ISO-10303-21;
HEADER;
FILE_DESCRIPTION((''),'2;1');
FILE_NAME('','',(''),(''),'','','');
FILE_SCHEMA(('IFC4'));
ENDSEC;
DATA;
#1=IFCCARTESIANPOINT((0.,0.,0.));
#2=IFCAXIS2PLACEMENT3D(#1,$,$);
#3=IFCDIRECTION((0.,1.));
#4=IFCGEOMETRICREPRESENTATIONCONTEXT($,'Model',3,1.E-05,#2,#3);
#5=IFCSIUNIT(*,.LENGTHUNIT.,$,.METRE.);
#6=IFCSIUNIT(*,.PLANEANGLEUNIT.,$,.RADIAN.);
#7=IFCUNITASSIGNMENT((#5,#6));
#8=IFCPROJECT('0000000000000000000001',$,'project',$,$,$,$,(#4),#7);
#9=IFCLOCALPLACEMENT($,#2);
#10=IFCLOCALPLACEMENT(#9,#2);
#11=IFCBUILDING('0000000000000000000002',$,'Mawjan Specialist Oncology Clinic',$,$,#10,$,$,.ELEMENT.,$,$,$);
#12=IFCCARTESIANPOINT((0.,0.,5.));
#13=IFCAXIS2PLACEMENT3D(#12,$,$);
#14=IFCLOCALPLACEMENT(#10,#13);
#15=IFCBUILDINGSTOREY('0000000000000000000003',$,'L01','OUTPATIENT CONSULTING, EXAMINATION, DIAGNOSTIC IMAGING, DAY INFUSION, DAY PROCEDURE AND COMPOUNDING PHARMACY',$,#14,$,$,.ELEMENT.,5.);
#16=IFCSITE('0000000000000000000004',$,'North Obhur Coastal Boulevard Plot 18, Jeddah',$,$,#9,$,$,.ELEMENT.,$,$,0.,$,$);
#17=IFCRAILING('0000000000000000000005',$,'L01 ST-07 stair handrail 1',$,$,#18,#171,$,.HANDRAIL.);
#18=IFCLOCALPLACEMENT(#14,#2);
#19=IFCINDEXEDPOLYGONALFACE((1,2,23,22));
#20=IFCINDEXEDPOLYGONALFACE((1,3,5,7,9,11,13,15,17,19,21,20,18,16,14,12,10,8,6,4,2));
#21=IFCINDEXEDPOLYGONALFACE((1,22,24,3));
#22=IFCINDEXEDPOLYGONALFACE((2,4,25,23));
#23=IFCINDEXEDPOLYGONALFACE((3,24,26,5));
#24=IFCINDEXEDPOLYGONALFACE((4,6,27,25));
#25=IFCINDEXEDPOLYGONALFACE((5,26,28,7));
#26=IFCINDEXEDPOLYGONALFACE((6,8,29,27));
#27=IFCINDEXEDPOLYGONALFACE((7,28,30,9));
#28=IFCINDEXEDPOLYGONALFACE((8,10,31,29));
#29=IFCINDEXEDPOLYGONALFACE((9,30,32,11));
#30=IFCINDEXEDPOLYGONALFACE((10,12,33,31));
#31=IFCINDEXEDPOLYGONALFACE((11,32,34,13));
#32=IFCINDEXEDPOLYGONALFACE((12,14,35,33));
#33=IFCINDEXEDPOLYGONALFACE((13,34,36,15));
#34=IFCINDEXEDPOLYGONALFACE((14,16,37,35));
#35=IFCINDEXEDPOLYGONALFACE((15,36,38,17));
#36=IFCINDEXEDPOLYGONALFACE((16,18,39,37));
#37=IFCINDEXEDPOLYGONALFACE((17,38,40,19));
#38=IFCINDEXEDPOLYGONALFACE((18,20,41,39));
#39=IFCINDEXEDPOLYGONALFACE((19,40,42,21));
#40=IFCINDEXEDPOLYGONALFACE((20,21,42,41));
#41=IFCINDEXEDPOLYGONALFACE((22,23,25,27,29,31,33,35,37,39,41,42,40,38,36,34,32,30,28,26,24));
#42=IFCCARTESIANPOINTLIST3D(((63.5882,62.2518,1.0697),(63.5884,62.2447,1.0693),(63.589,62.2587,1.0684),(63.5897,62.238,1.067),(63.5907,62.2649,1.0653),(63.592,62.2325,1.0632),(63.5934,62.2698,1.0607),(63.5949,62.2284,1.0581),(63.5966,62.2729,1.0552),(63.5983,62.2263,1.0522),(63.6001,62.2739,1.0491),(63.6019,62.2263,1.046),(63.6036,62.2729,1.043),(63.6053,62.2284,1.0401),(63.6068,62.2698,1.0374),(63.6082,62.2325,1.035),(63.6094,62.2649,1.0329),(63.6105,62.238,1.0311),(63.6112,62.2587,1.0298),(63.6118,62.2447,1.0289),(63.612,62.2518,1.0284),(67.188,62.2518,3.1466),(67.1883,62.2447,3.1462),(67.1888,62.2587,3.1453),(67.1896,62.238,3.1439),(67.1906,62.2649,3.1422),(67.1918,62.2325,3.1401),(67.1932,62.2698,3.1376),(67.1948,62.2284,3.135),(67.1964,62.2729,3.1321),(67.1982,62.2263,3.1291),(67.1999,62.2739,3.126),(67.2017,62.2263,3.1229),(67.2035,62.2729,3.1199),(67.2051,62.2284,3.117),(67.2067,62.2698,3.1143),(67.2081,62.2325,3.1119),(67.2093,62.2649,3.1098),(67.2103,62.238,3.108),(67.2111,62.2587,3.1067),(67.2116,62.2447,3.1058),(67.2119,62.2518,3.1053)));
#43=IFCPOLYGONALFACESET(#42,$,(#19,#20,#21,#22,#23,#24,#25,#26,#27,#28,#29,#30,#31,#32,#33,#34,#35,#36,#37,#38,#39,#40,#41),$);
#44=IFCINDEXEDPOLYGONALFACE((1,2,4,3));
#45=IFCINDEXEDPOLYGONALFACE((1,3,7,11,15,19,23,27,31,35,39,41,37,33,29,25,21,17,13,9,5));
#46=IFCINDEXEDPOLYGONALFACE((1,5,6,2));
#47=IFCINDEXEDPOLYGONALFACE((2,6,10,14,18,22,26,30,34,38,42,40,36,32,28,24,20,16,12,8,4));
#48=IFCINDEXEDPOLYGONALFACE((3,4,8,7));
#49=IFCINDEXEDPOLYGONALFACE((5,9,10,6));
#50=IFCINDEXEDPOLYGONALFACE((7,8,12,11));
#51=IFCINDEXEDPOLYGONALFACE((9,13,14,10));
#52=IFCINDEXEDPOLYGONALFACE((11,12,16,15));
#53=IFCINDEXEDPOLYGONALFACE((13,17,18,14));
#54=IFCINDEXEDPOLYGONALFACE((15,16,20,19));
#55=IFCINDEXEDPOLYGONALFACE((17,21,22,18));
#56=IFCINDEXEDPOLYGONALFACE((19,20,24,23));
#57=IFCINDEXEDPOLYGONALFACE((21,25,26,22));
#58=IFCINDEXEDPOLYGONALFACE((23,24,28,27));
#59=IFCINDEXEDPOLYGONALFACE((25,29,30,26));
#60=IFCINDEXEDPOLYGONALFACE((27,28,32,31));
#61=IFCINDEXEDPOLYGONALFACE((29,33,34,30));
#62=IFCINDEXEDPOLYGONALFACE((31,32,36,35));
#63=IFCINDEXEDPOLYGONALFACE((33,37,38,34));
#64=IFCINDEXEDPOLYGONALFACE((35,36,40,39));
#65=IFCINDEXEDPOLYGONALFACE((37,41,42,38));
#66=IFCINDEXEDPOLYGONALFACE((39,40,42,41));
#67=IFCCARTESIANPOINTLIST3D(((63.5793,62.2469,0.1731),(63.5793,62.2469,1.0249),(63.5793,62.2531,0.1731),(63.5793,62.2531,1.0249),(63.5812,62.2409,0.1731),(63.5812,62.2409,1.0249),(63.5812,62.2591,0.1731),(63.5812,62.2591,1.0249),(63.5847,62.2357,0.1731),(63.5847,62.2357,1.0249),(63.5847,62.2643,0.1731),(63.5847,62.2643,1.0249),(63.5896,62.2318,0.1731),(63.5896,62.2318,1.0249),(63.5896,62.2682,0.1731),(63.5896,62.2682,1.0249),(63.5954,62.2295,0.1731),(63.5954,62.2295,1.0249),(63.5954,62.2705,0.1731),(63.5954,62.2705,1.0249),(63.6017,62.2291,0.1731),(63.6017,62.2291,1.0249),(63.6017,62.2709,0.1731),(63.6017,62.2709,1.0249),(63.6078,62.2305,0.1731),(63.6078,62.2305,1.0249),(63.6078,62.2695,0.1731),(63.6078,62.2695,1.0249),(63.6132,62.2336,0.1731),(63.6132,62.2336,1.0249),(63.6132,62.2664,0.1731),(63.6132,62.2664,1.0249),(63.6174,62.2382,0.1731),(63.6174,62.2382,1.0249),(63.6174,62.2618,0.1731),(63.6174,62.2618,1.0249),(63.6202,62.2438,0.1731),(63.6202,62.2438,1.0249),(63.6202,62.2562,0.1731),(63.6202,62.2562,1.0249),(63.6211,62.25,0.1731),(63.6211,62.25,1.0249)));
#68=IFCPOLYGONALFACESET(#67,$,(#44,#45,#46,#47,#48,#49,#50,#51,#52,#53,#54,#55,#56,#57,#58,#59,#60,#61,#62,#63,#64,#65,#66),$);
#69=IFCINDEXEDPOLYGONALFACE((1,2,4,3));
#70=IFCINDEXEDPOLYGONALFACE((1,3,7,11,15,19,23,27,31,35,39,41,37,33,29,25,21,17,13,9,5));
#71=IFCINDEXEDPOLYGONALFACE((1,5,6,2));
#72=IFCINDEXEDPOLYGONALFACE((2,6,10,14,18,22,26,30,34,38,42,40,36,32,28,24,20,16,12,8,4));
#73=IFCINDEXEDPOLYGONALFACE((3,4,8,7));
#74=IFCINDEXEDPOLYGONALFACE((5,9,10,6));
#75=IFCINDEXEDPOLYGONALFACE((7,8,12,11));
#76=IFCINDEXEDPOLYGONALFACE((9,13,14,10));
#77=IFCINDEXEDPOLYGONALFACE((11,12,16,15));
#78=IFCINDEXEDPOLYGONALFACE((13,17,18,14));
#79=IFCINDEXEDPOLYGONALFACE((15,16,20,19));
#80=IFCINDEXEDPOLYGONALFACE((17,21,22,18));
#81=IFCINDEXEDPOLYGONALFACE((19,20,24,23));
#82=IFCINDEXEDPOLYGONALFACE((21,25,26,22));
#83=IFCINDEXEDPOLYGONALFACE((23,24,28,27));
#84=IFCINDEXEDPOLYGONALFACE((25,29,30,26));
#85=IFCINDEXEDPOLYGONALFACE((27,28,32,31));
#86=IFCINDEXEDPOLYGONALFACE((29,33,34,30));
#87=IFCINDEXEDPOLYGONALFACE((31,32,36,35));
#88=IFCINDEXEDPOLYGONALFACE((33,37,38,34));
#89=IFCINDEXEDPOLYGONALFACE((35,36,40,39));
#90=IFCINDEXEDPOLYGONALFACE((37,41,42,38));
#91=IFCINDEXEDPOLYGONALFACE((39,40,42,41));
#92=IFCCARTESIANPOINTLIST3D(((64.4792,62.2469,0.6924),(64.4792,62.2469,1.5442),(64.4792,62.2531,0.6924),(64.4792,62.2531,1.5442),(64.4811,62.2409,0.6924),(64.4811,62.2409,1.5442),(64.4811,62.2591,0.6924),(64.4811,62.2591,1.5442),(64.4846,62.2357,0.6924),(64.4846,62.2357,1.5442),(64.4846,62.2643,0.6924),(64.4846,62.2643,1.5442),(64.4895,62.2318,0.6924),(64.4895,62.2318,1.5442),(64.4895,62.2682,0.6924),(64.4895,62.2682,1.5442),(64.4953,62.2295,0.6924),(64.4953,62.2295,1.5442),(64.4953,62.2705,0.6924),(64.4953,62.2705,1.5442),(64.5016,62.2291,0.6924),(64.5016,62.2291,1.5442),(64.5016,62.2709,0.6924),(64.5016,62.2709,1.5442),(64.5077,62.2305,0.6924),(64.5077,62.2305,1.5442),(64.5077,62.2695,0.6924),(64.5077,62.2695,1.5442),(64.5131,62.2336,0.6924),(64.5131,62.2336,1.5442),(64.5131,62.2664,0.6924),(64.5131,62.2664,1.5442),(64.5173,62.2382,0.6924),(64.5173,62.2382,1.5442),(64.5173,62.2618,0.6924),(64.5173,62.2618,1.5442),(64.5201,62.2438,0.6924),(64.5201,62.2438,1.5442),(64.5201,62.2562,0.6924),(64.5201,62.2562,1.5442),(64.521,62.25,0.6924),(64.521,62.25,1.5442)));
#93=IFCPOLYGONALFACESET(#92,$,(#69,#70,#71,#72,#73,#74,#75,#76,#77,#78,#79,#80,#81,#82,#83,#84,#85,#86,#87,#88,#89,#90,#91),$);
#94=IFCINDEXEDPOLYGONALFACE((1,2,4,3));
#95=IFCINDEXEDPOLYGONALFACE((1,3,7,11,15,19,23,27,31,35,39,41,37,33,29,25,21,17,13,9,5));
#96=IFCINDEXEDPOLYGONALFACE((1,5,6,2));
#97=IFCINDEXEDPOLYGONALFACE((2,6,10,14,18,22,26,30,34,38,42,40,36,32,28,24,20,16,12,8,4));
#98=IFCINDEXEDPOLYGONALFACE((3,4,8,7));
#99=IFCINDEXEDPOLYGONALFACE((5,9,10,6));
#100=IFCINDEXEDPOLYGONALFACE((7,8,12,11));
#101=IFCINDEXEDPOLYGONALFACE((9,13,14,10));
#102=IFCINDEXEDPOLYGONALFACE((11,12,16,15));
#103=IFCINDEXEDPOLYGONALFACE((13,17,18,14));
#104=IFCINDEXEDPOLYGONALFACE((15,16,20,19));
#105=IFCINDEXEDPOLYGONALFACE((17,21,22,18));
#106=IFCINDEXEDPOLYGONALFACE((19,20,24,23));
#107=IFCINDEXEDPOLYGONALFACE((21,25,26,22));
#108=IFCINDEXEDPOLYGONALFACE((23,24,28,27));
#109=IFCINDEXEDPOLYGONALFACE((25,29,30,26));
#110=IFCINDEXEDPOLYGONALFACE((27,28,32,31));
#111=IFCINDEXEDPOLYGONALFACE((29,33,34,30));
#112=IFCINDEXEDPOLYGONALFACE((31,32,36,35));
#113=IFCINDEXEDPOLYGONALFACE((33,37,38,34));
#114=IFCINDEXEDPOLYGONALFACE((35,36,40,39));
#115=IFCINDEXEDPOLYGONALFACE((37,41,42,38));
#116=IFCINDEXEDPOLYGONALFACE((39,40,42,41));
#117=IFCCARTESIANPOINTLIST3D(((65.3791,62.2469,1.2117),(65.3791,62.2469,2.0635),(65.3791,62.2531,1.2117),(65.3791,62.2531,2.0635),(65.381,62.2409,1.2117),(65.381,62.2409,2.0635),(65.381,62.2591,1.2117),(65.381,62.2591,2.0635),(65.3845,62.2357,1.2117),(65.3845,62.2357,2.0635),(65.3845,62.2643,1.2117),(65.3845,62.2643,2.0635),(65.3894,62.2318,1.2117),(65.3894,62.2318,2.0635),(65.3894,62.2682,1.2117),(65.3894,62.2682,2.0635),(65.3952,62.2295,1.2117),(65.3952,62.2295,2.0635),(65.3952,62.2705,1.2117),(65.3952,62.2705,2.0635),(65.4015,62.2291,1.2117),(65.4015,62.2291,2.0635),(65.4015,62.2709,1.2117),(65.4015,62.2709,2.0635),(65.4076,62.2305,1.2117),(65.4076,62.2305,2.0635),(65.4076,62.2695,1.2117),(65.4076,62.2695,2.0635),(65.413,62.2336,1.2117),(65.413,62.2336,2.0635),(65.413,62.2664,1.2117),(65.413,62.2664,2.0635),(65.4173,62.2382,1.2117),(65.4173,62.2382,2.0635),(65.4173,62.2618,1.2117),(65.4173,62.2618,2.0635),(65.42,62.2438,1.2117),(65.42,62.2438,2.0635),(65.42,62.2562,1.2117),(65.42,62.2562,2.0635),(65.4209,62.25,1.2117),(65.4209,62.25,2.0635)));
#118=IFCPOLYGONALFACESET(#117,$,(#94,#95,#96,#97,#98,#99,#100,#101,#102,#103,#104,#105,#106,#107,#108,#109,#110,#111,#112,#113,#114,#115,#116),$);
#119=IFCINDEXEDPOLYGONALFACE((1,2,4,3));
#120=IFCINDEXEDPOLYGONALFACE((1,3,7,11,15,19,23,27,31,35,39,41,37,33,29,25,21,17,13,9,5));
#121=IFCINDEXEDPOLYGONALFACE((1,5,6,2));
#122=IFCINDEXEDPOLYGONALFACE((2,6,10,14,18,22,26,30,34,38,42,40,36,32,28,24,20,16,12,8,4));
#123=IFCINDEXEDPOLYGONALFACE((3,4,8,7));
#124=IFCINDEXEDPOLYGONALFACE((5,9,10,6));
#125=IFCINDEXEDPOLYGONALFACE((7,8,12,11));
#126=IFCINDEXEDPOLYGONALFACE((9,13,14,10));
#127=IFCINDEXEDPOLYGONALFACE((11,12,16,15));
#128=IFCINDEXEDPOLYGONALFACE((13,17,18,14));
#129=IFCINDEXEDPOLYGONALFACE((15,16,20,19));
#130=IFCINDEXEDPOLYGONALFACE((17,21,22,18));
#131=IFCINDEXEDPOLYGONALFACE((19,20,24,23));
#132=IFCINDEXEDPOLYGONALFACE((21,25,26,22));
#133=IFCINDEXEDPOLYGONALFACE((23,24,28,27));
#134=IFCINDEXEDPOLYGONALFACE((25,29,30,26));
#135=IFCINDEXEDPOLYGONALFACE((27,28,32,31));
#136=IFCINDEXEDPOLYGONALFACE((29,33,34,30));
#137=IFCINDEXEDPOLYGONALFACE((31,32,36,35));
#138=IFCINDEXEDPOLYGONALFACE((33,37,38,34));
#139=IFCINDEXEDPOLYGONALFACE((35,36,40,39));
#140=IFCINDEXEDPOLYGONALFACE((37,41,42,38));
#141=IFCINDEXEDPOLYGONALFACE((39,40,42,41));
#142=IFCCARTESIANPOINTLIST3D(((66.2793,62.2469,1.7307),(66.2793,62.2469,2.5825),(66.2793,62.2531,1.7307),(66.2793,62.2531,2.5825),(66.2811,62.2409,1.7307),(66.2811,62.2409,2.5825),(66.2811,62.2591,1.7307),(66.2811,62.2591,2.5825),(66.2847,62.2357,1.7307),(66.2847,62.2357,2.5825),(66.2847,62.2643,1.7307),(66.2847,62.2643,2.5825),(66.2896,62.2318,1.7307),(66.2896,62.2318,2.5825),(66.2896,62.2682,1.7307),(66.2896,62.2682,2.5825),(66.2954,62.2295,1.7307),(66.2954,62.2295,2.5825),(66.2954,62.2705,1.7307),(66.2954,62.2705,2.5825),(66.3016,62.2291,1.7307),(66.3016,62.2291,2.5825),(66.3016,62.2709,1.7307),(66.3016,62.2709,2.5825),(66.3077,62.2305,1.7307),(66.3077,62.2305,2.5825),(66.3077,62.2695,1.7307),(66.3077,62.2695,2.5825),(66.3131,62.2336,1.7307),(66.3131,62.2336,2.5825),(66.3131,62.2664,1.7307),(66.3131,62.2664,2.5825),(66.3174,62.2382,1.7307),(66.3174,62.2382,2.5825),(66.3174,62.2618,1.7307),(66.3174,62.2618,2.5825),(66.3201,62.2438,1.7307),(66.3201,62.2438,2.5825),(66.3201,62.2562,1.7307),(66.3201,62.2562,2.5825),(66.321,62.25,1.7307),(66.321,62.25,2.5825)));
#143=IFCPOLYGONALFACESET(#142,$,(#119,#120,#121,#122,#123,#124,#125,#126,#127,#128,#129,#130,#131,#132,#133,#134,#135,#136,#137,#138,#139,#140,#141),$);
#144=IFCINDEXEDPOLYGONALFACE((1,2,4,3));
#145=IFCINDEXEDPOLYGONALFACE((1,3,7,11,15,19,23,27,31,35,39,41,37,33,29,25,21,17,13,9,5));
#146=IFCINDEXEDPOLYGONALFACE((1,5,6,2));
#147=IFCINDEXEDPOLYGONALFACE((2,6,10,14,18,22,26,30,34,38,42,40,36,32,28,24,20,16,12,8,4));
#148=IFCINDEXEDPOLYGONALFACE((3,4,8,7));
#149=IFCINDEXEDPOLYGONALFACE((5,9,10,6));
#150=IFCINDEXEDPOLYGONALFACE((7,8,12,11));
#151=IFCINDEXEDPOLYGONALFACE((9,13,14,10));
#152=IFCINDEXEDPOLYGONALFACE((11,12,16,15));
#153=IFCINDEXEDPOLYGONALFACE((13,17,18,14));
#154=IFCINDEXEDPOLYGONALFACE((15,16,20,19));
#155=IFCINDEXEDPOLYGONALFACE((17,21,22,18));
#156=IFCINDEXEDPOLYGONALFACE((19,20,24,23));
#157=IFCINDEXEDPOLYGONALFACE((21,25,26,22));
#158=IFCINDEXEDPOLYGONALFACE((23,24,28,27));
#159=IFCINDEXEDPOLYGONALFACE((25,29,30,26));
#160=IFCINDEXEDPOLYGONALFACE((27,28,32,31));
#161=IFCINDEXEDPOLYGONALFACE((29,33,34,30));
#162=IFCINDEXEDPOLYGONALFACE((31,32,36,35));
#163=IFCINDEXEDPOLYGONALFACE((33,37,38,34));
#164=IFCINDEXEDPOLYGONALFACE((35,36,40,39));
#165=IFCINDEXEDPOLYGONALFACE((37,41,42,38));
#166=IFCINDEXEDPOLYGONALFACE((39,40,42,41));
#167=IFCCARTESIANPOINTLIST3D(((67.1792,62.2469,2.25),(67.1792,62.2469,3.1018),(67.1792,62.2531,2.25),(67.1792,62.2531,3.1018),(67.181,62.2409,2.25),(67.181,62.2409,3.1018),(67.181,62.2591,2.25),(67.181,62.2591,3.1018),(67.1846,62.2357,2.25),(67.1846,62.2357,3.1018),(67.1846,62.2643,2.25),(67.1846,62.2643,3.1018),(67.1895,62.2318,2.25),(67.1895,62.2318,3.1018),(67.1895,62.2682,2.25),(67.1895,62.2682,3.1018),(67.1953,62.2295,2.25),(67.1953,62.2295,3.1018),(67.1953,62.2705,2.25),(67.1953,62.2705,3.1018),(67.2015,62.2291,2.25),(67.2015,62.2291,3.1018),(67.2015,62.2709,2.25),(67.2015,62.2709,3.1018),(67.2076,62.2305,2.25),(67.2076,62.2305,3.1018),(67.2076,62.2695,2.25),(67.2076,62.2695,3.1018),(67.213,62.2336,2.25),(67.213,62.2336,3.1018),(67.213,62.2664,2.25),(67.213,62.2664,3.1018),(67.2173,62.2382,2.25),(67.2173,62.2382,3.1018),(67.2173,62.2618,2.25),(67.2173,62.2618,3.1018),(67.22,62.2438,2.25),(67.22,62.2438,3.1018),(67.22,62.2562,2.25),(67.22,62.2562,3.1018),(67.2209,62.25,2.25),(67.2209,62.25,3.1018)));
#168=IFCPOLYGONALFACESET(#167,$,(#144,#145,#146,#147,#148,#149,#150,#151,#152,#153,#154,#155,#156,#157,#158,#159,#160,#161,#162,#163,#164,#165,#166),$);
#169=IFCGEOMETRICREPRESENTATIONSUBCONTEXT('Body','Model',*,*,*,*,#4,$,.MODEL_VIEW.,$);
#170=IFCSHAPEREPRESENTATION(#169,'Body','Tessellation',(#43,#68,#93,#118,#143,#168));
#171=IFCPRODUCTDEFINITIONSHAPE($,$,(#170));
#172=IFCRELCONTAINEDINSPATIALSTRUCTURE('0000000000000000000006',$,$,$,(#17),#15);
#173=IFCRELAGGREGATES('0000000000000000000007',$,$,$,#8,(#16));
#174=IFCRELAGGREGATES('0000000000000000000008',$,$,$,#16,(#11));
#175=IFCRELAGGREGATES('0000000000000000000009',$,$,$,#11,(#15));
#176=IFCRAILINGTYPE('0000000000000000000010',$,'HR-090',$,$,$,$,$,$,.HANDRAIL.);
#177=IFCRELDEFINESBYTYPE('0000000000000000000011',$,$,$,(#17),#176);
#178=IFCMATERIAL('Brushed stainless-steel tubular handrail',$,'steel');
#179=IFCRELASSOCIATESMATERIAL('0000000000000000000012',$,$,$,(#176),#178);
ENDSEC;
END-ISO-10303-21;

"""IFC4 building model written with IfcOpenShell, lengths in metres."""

from ifc_helpers import new_model, si_unit, direction, frame, origin, origin_2d, place, context, subcontext, project, spatial, circle, extrude, material, type_object, element, save


model = new_model("IFC4")

# Units and contexts
model_context = context("Model", 3, precision=1e-05, world=origin(), true_north=direction((0.0, 1.0)))
body_context = subcontext(model_context, "Body", "Model", "MODEL_VIEW")
ifc_project = project(units=[si_unit("LENGTHUNIT", "METRE"), si_unit("PLANEANGLEUNIT", "RADIAN")], contexts=[model_context])

# Site, building, storey
site_placement = place(None, origin())
site = spatial("IfcSite", under=ifc_project, at=site_placement, Name="North Obhur Coastal Boulevard Plot 18, Jeddah", CompositionType="ELEMENT", RefElevation=0.0)
building_placement = place(site_placement, origin())
building = spatial("IfcBuilding", under=site, at=building_placement, Name="Mawjan Specialist Oncology Clinic", CompositionType="ELEMENT")
storey_placement = place(building_placement, frame((0.0, 0.0, 5.0)))
storey = spatial("IfcBuildingStorey", under=building, at=storey_placement, Name="L01", Description="OUTPATIENT CONSULTING, EXAMINATION, DIAGNOSTIC IMAGING, DAY INFUSION, DAY PROCEDURE AND COMPOUNDING PHARMACY", CompositionType="ELEMENT", Elevation=5.0)

# Railing
ifc_material_1 = material(Name="Brushed stainless-steel tubular handrail", Category="steel")
railing_type_1 = type_object("IfcRailingType", Name="HR-090", PredefinedType="HANDRAIL", material=ifc_material_1)
railing_1_placement = place(storey_placement, frame((63.6001, 62.25, 0.1731)))
element("IfcRailing", 1, at=railing_1_placement, inside=storey, type_object=railing_type_1, Name="L01 ST-07 stair handrail 1", PredefinedType="HANDRAIL", context=body_context, shape_type="SweptSolid", body=[
    extrude(circle(Radius=0.0239, at=origin_2d()), frame((0.0, 0.0, 0.876), z_axis=(0.866179, 0.0, 0.499734), x_axis=(0.0, 1.0, 0.0)), (0.0, 0.0, 1.0), 4.156),
    extrude(circle(Radius=0.021, at=origin_2d()), origin(), (0.0, 0.0, 1.0), 0.8518),
    extrude(circle(Radius=0.021, at=origin_2d()), frame((0.8999, 0.0, 0.5193)), (0.0, 0.0, 1.0), 0.8518),
    extrude(circle(Radius=0.021, at=origin_2d()), frame((1.7998, 0.0, 1.0386)), (0.0, 0.0, 1.0), 0.8518),
    extrude(circle(Radius=0.021, at=origin_2d()), frame((2.7, 0.0, 1.5576)), (0.0, 0.0, 1.0), 0.8518),
    extrude(circle(Radius=0.021, at=origin_2d()), frame((3.5999, 0.0, 2.0769)), (0.0, 0.0, 1.0), 0.8518),
])

save(model, "model.ifc")
